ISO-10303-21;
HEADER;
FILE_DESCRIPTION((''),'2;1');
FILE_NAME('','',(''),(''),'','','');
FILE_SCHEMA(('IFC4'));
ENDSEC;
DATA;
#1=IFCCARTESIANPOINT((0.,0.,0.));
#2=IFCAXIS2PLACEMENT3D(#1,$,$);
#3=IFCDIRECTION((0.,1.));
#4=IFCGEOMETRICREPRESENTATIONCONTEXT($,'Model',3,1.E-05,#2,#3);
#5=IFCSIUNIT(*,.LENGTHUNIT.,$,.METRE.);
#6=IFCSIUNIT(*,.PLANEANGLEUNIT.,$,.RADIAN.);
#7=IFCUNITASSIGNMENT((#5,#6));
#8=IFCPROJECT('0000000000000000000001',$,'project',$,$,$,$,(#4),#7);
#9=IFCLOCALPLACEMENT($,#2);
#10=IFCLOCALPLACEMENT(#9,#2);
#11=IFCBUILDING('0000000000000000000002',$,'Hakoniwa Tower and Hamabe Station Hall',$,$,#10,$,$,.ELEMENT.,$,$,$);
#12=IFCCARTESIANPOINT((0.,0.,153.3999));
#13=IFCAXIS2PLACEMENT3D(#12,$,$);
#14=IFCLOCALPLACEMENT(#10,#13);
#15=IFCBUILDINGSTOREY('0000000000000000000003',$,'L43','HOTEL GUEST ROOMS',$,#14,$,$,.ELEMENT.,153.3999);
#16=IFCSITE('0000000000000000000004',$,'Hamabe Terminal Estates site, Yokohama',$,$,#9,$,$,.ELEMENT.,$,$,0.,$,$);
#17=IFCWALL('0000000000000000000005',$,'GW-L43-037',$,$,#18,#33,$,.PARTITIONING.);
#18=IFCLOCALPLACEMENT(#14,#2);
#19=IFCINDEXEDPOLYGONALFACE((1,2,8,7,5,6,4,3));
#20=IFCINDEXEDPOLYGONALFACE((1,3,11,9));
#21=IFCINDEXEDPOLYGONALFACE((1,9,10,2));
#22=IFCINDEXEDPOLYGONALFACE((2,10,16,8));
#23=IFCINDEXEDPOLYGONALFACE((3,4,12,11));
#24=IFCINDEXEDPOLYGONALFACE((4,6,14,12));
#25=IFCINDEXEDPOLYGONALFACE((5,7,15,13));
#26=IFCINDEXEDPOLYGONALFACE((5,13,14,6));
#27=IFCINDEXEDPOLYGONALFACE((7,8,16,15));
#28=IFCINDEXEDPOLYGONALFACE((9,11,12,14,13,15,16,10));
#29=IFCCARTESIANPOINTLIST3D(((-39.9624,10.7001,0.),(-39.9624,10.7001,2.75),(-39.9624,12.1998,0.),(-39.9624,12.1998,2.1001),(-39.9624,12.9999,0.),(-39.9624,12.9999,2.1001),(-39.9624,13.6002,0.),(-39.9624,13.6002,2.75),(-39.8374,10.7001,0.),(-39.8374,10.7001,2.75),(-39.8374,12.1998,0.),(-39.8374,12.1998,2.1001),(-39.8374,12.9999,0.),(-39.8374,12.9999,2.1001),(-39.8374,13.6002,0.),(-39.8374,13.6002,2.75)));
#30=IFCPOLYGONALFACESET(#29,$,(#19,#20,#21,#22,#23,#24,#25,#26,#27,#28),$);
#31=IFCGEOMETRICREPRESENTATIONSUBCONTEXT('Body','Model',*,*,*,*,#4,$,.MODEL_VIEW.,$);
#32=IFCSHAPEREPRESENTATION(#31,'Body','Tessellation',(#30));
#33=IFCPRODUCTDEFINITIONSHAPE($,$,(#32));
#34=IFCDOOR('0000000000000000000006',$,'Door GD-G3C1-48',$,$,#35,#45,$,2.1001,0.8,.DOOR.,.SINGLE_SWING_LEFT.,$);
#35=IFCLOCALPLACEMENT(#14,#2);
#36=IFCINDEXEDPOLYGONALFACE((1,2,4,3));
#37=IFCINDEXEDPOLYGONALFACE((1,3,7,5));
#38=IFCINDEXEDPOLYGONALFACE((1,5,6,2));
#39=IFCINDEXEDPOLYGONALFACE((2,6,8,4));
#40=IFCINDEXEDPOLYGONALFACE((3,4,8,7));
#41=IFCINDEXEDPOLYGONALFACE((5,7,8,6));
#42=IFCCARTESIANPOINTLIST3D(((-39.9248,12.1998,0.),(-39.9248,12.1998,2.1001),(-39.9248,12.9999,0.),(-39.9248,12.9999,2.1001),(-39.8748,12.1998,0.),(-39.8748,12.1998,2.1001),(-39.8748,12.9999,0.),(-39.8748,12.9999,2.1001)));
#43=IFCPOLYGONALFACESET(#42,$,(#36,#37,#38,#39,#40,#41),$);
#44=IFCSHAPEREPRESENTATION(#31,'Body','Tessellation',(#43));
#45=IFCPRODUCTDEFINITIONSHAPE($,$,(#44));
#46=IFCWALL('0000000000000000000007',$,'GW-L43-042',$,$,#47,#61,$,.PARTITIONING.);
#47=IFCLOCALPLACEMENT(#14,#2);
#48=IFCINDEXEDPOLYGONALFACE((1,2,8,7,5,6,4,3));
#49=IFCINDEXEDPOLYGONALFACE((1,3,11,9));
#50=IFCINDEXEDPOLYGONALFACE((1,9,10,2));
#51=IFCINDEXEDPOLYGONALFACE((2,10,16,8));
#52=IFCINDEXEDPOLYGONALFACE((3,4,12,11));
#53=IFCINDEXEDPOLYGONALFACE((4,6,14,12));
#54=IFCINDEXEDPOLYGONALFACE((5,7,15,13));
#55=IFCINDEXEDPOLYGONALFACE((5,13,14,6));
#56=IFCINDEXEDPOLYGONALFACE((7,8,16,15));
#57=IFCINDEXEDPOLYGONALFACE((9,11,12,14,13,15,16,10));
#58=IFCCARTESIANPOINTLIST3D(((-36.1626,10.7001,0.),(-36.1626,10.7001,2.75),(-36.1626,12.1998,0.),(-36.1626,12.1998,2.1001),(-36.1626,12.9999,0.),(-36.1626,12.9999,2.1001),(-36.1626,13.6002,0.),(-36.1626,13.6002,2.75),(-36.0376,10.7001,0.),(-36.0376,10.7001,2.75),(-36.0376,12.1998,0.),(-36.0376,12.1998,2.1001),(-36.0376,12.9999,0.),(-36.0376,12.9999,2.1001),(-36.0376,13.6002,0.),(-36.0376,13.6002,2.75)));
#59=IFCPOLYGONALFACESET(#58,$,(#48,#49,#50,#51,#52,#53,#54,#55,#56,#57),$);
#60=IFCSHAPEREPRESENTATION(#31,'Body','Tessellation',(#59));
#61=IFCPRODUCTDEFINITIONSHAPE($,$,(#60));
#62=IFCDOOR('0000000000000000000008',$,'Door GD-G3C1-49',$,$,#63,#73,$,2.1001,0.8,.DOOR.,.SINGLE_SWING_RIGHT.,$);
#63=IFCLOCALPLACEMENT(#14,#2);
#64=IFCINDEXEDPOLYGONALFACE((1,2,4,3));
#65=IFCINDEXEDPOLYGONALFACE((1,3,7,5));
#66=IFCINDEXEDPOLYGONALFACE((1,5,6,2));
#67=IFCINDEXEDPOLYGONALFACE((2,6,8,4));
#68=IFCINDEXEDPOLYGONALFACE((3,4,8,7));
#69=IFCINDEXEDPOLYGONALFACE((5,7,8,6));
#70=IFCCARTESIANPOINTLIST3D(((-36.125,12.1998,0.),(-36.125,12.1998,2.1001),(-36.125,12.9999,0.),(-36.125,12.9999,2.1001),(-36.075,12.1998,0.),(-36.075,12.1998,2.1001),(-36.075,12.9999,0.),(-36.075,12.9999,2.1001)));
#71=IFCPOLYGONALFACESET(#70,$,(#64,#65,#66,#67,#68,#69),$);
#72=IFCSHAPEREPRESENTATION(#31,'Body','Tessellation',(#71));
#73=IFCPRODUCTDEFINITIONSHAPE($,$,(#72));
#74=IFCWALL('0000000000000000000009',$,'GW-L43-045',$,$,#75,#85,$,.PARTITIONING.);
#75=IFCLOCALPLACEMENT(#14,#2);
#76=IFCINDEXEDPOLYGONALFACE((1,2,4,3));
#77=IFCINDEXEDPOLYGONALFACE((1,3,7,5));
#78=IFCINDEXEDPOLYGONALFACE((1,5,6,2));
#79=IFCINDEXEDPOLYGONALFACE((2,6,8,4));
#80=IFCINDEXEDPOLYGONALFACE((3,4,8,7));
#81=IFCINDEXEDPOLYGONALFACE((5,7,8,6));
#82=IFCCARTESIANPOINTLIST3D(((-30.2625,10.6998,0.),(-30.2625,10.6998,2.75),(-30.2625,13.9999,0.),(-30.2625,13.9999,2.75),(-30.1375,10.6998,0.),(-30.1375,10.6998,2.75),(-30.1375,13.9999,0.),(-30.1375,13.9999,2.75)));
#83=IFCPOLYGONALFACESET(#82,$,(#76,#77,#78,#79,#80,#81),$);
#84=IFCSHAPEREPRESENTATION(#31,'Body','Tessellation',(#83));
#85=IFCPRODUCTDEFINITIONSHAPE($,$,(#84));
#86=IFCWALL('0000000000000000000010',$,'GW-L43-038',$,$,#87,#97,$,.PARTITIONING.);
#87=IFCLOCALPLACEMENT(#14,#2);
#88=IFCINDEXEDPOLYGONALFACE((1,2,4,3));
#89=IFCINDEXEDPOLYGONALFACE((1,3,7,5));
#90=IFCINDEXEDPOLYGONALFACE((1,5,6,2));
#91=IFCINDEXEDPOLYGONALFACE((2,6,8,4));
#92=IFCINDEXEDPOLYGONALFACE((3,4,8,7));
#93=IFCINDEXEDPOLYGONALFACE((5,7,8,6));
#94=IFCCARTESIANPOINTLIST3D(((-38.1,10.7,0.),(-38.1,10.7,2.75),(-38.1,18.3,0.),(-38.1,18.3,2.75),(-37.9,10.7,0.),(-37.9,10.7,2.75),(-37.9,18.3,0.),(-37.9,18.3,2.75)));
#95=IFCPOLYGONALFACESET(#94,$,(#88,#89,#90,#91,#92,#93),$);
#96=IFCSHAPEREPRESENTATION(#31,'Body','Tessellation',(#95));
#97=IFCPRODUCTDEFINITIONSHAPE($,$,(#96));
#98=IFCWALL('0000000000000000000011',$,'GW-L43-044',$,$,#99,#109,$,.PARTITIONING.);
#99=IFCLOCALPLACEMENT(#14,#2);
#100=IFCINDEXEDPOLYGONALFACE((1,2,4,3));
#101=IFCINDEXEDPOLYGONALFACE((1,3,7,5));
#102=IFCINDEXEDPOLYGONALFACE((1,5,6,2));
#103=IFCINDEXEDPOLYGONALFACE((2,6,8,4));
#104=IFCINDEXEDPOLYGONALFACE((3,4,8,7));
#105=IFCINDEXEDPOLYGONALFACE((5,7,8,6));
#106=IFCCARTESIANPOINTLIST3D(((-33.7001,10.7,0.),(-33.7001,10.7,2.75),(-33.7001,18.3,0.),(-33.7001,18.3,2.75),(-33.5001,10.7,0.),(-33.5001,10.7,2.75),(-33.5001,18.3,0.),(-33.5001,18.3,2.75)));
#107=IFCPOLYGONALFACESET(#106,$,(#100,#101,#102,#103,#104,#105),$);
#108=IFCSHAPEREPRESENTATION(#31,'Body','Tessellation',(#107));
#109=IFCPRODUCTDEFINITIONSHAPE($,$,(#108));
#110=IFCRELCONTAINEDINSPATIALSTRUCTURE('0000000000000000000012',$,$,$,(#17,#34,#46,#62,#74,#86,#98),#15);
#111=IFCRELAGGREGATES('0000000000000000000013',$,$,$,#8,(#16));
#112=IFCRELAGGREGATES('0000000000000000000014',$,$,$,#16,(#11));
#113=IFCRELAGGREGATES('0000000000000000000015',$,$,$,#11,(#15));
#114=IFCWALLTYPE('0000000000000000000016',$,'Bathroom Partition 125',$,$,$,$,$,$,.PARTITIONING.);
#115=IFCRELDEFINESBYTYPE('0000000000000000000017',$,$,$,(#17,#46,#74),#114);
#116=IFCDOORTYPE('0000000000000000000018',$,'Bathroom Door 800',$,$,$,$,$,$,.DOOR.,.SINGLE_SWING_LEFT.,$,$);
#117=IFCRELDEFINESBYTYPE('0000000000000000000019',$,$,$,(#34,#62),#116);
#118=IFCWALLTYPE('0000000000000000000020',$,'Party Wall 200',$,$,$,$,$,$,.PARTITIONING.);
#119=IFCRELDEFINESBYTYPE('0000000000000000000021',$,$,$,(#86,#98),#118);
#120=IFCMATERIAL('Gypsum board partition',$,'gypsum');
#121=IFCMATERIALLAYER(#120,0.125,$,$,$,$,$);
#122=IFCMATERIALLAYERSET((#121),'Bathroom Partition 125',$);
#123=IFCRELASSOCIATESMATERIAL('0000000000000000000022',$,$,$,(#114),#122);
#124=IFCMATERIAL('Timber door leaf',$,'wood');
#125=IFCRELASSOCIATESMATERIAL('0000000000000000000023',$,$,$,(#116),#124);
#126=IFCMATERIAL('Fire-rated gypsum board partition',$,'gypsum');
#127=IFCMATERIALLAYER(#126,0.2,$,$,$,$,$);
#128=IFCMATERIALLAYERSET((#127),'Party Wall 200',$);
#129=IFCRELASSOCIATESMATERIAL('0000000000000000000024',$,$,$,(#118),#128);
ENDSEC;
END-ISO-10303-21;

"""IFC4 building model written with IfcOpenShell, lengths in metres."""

from ifc_helpers import new_model, si_unit, direction, frame, frame_2d, origin, place, context, subcontext, project, spatial, rectangle, extrude, material, layer, layer_set, type_object, element, fill, save


model = new_model("IFC4")

# Units and contexts
model_context = context("Model", 3, precision=1e-05, world=origin(), true_north=direction((0.0, 1.0)))
body_context = subcontext(model_context, "Body", "Model", "MODEL_VIEW")
ifc_project = project(units=[si_unit("LENGTHUNIT", "METRE"), si_unit("PLANEANGLEUNIT", "RADIAN")], contexts=[model_context])

# Site, building, storey
site_placement = place(None, origin())
site = spatial("IfcSite", under=ifc_project, at=site_placement, Name="Hamabe Terminal Estates site, Yokohama", CompositionType="ELEMENT", RefElevation=0.0)
building_placement = place(site_placement, origin())
building = spatial("IfcBuilding", under=site, at=building_placement, Name="Hakoniwa Tower and Hamabe Station Hall", CompositionType="ELEMENT")
storey_placement = place(building_placement, frame((0.0, 0.0, 153.3999)))
storey = spatial("IfcBuildingStorey", under=building, at=storey_placement, Name="L43", Description="HOTEL GUEST ROOMS", CompositionType="ELEMENT", Elevation=153.3999)

# Shared definitions
ifc_material_1 = material(Name="Gypsum board partition", Category="gypsum")
ifc_layer_1 = layer(ifc_material_1, 0.125)
ifc_layer_set_1 = layer_set([ifc_layer_1], Name="Bathroom Partition 125")
wall_type_1 = type_object("IfcWallType", Name="Bathroom Partition 125", PredefinedType="PARTITIONING", material=ifc_layer_set_1)

# Walls, openings, doors
ifc_material_2 = material(Name="Timber door leaf", Category="wood")
door_type = type_object("IfcDoorType", Name="Bathroom Door 800", OperationType="SINGLE_SWING_LEFT", PredefinedType="DOOR", material=ifc_material_2)
wall_1_placement = place(storey_placement, frame((-39.8999, 10.7, 0.0), z_axis=(0.0, 0.0, 1.0), x_axis=(0.0, 1.0, 0.0)))
wall_1 = element("IfcWall", 1, at=wall_1_placement, inside=storey, type_object=wall_type_1, Name="GW-L43-037", PredefinedType="PARTITIONING", context=body_context, shape_type="SweptSolid", body=[
    extrude(rectangle(XDim=2.9001, YDim=0.125, at=frame_2d((1.4502, 0.0))), origin(), (0.0, 0.0, 1.0), 2.75),
])
opening_1_placement = place(wall_1_placement, frame((1.5, 0.0, 0.0)))
opening_1 = element("IfcOpeningElement", 2, at=opening_1_placement, cuts=wall_1, PredefinedType="OPENING", context=body_context, shape_type="SweptSolid", body=[
    extrude(rectangle(XDim=0.8, YDim=2.1001, at=frame_2d((0.3999, 1.05))), frame((0.0, 0.0725, 0.0), z_axis=(0.0, -1.0, 0.0), x_axis=(1.0, 0.0, 0.0)), (0.0, 0.0, 1.0), 0.145),
])
door_1_placement = place(opening_1_placement, origin())
door_1 = element("IfcDoor", 3, at=door_1_placement, inside=storey, type_object=door_type, Name="Door GD-G3C1-48", OperationType="SINGLE_SWING_LEFT", OverallHeight=2.1001, OverallWidth=0.8, PredefinedType="DOOR", context=body_context, shape_type="SweptSolid", body=[
    extrude(rectangle(XDim=0.8, YDim=2.1001, at=frame_2d((0.3999, 1.05))), frame((0.0, 0.0249, 0.0), z_axis=(0.0, -1.0, 0.0), x_axis=(1.0, 0.0, 0.0)), (0.0, 0.0, 1.0), 0.05),
])
fill(opening_1, door_1)
wall_2_placement = place(storey_placement, frame((-36.1001, 10.7, 0.0), z_axis=(0.0, 0.0, 1.0), x_axis=(0.0, 1.0, 0.0)))
wall_2 = element("IfcWall", 4, at=wall_2_placement, inside=storey, type_object=wall_type_1, Name="GW-L43-042", PredefinedType="PARTITIONING", context=body_context, shape_type="SweptSolid", body=[
    extrude(rectangle(XDim=2.9001, YDim=0.125, at=frame_2d((1.4502, 0.0))), origin(), (0.0, 0.0, 1.0), 2.75),
])
opening_2_placement = place(wall_2_placement, frame((1.5, 0.0, 0.0)))
opening_2 = element("IfcOpeningElement", 5, at=opening_2_placement, cuts=wall_2, PredefinedType="OPENING", context=body_context, shape_type="SweptSolid", body=[
    extrude(rectangle(XDim=0.8, YDim=2.1001, at=frame_2d((0.3999, 1.05))), frame((0.0, 0.0725, 0.0), z_axis=(0.0, -1.0, 0.0), x_axis=(1.0, 0.0, 0.0)), (0.0, 0.0, 1.0), 0.145),
])
door_2_placement = place(opening_2_placement, origin())
door_2 = element("IfcDoor", 6, at=door_2_placement, inside=storey, type_object=door_type, Name="Door GD-G3C1-49", OperationType="SINGLE_SWING_RIGHT", OverallHeight=2.1001, OverallWidth=0.8, PredefinedType="DOOR", context=body_context, shape_type="SweptSolid", body=[
    extrude(rectangle(XDim=0.8, YDim=2.1001, at=frame_2d((0.3999, 1.05))), frame((0.0, 0.0249, 0.0), z_axis=(0.0, -1.0, 0.0), x_axis=(1.0, 0.0, 0.0)), (0.0, 0.0, 1.0), 0.05),
])
fill(opening_2, door_2)

# Walls
wall_3_placement = place(storey_placement, frame((-30.2, 10.7, 0.0), z_axis=(0.0, 0.0, 1.0), x_axis=(0.0, 1.0, 0.0)))
element("IfcWall", 7, at=wall_3_placement, inside=storey, type_object=wall_type_1, Name="GW-L43-045", PredefinedType="PARTITIONING", context=body_context, shape_type="SweptSolid", body=[
    extrude(rectangle(XDim=3.3, YDim=0.125, at=frame_2d((1.6499, 0.0))), origin(), (0.0, 0.0, 1.0), 2.75),
])
ifc_material_3 = material(Name="Fire-rated gypsum board partition", Category="gypsum")
ifc_layer_2 = layer(ifc_material_3, 0.2)
ifc_layer_set_2 = layer_set([ifc_layer_2], Name="Party Wall 200")
wall_type_2 = type_object("IfcWallType", Name="Party Wall 200", PredefinedType="PARTITIONING", material=ifc_layer_set_2)
for number, where, z_axis, x_axis, name in (
    (8, (-38.0, 10.7, 0.0), (0.0, 0.0, 1.0), (0.0, 1.0, 0.0), "GW-L43-038"),
    (9, (-33.6001, 10.7, 0.0), (0.0, 0.0, 1.0), (0.0, 1.0, 0.0), "GW-L43-044"),
):
    element("IfcWall", number, at=place(storey_placement, frame(where, z_axis=z_axis, x_axis=x_axis)), inside=storey, type_object=wall_type_2, Name=name, PredefinedType="PARTITIONING", context=body_context, shape_type="SweptSolid", body=[
        extrude(rectangle(XDim=7.6001, YDim=0.2, at=frame_2d((3.8, 0.0))), origin(), (0.0, 0.0, 1.0), 2.75),
    ])

save(model, "model.ifc")
